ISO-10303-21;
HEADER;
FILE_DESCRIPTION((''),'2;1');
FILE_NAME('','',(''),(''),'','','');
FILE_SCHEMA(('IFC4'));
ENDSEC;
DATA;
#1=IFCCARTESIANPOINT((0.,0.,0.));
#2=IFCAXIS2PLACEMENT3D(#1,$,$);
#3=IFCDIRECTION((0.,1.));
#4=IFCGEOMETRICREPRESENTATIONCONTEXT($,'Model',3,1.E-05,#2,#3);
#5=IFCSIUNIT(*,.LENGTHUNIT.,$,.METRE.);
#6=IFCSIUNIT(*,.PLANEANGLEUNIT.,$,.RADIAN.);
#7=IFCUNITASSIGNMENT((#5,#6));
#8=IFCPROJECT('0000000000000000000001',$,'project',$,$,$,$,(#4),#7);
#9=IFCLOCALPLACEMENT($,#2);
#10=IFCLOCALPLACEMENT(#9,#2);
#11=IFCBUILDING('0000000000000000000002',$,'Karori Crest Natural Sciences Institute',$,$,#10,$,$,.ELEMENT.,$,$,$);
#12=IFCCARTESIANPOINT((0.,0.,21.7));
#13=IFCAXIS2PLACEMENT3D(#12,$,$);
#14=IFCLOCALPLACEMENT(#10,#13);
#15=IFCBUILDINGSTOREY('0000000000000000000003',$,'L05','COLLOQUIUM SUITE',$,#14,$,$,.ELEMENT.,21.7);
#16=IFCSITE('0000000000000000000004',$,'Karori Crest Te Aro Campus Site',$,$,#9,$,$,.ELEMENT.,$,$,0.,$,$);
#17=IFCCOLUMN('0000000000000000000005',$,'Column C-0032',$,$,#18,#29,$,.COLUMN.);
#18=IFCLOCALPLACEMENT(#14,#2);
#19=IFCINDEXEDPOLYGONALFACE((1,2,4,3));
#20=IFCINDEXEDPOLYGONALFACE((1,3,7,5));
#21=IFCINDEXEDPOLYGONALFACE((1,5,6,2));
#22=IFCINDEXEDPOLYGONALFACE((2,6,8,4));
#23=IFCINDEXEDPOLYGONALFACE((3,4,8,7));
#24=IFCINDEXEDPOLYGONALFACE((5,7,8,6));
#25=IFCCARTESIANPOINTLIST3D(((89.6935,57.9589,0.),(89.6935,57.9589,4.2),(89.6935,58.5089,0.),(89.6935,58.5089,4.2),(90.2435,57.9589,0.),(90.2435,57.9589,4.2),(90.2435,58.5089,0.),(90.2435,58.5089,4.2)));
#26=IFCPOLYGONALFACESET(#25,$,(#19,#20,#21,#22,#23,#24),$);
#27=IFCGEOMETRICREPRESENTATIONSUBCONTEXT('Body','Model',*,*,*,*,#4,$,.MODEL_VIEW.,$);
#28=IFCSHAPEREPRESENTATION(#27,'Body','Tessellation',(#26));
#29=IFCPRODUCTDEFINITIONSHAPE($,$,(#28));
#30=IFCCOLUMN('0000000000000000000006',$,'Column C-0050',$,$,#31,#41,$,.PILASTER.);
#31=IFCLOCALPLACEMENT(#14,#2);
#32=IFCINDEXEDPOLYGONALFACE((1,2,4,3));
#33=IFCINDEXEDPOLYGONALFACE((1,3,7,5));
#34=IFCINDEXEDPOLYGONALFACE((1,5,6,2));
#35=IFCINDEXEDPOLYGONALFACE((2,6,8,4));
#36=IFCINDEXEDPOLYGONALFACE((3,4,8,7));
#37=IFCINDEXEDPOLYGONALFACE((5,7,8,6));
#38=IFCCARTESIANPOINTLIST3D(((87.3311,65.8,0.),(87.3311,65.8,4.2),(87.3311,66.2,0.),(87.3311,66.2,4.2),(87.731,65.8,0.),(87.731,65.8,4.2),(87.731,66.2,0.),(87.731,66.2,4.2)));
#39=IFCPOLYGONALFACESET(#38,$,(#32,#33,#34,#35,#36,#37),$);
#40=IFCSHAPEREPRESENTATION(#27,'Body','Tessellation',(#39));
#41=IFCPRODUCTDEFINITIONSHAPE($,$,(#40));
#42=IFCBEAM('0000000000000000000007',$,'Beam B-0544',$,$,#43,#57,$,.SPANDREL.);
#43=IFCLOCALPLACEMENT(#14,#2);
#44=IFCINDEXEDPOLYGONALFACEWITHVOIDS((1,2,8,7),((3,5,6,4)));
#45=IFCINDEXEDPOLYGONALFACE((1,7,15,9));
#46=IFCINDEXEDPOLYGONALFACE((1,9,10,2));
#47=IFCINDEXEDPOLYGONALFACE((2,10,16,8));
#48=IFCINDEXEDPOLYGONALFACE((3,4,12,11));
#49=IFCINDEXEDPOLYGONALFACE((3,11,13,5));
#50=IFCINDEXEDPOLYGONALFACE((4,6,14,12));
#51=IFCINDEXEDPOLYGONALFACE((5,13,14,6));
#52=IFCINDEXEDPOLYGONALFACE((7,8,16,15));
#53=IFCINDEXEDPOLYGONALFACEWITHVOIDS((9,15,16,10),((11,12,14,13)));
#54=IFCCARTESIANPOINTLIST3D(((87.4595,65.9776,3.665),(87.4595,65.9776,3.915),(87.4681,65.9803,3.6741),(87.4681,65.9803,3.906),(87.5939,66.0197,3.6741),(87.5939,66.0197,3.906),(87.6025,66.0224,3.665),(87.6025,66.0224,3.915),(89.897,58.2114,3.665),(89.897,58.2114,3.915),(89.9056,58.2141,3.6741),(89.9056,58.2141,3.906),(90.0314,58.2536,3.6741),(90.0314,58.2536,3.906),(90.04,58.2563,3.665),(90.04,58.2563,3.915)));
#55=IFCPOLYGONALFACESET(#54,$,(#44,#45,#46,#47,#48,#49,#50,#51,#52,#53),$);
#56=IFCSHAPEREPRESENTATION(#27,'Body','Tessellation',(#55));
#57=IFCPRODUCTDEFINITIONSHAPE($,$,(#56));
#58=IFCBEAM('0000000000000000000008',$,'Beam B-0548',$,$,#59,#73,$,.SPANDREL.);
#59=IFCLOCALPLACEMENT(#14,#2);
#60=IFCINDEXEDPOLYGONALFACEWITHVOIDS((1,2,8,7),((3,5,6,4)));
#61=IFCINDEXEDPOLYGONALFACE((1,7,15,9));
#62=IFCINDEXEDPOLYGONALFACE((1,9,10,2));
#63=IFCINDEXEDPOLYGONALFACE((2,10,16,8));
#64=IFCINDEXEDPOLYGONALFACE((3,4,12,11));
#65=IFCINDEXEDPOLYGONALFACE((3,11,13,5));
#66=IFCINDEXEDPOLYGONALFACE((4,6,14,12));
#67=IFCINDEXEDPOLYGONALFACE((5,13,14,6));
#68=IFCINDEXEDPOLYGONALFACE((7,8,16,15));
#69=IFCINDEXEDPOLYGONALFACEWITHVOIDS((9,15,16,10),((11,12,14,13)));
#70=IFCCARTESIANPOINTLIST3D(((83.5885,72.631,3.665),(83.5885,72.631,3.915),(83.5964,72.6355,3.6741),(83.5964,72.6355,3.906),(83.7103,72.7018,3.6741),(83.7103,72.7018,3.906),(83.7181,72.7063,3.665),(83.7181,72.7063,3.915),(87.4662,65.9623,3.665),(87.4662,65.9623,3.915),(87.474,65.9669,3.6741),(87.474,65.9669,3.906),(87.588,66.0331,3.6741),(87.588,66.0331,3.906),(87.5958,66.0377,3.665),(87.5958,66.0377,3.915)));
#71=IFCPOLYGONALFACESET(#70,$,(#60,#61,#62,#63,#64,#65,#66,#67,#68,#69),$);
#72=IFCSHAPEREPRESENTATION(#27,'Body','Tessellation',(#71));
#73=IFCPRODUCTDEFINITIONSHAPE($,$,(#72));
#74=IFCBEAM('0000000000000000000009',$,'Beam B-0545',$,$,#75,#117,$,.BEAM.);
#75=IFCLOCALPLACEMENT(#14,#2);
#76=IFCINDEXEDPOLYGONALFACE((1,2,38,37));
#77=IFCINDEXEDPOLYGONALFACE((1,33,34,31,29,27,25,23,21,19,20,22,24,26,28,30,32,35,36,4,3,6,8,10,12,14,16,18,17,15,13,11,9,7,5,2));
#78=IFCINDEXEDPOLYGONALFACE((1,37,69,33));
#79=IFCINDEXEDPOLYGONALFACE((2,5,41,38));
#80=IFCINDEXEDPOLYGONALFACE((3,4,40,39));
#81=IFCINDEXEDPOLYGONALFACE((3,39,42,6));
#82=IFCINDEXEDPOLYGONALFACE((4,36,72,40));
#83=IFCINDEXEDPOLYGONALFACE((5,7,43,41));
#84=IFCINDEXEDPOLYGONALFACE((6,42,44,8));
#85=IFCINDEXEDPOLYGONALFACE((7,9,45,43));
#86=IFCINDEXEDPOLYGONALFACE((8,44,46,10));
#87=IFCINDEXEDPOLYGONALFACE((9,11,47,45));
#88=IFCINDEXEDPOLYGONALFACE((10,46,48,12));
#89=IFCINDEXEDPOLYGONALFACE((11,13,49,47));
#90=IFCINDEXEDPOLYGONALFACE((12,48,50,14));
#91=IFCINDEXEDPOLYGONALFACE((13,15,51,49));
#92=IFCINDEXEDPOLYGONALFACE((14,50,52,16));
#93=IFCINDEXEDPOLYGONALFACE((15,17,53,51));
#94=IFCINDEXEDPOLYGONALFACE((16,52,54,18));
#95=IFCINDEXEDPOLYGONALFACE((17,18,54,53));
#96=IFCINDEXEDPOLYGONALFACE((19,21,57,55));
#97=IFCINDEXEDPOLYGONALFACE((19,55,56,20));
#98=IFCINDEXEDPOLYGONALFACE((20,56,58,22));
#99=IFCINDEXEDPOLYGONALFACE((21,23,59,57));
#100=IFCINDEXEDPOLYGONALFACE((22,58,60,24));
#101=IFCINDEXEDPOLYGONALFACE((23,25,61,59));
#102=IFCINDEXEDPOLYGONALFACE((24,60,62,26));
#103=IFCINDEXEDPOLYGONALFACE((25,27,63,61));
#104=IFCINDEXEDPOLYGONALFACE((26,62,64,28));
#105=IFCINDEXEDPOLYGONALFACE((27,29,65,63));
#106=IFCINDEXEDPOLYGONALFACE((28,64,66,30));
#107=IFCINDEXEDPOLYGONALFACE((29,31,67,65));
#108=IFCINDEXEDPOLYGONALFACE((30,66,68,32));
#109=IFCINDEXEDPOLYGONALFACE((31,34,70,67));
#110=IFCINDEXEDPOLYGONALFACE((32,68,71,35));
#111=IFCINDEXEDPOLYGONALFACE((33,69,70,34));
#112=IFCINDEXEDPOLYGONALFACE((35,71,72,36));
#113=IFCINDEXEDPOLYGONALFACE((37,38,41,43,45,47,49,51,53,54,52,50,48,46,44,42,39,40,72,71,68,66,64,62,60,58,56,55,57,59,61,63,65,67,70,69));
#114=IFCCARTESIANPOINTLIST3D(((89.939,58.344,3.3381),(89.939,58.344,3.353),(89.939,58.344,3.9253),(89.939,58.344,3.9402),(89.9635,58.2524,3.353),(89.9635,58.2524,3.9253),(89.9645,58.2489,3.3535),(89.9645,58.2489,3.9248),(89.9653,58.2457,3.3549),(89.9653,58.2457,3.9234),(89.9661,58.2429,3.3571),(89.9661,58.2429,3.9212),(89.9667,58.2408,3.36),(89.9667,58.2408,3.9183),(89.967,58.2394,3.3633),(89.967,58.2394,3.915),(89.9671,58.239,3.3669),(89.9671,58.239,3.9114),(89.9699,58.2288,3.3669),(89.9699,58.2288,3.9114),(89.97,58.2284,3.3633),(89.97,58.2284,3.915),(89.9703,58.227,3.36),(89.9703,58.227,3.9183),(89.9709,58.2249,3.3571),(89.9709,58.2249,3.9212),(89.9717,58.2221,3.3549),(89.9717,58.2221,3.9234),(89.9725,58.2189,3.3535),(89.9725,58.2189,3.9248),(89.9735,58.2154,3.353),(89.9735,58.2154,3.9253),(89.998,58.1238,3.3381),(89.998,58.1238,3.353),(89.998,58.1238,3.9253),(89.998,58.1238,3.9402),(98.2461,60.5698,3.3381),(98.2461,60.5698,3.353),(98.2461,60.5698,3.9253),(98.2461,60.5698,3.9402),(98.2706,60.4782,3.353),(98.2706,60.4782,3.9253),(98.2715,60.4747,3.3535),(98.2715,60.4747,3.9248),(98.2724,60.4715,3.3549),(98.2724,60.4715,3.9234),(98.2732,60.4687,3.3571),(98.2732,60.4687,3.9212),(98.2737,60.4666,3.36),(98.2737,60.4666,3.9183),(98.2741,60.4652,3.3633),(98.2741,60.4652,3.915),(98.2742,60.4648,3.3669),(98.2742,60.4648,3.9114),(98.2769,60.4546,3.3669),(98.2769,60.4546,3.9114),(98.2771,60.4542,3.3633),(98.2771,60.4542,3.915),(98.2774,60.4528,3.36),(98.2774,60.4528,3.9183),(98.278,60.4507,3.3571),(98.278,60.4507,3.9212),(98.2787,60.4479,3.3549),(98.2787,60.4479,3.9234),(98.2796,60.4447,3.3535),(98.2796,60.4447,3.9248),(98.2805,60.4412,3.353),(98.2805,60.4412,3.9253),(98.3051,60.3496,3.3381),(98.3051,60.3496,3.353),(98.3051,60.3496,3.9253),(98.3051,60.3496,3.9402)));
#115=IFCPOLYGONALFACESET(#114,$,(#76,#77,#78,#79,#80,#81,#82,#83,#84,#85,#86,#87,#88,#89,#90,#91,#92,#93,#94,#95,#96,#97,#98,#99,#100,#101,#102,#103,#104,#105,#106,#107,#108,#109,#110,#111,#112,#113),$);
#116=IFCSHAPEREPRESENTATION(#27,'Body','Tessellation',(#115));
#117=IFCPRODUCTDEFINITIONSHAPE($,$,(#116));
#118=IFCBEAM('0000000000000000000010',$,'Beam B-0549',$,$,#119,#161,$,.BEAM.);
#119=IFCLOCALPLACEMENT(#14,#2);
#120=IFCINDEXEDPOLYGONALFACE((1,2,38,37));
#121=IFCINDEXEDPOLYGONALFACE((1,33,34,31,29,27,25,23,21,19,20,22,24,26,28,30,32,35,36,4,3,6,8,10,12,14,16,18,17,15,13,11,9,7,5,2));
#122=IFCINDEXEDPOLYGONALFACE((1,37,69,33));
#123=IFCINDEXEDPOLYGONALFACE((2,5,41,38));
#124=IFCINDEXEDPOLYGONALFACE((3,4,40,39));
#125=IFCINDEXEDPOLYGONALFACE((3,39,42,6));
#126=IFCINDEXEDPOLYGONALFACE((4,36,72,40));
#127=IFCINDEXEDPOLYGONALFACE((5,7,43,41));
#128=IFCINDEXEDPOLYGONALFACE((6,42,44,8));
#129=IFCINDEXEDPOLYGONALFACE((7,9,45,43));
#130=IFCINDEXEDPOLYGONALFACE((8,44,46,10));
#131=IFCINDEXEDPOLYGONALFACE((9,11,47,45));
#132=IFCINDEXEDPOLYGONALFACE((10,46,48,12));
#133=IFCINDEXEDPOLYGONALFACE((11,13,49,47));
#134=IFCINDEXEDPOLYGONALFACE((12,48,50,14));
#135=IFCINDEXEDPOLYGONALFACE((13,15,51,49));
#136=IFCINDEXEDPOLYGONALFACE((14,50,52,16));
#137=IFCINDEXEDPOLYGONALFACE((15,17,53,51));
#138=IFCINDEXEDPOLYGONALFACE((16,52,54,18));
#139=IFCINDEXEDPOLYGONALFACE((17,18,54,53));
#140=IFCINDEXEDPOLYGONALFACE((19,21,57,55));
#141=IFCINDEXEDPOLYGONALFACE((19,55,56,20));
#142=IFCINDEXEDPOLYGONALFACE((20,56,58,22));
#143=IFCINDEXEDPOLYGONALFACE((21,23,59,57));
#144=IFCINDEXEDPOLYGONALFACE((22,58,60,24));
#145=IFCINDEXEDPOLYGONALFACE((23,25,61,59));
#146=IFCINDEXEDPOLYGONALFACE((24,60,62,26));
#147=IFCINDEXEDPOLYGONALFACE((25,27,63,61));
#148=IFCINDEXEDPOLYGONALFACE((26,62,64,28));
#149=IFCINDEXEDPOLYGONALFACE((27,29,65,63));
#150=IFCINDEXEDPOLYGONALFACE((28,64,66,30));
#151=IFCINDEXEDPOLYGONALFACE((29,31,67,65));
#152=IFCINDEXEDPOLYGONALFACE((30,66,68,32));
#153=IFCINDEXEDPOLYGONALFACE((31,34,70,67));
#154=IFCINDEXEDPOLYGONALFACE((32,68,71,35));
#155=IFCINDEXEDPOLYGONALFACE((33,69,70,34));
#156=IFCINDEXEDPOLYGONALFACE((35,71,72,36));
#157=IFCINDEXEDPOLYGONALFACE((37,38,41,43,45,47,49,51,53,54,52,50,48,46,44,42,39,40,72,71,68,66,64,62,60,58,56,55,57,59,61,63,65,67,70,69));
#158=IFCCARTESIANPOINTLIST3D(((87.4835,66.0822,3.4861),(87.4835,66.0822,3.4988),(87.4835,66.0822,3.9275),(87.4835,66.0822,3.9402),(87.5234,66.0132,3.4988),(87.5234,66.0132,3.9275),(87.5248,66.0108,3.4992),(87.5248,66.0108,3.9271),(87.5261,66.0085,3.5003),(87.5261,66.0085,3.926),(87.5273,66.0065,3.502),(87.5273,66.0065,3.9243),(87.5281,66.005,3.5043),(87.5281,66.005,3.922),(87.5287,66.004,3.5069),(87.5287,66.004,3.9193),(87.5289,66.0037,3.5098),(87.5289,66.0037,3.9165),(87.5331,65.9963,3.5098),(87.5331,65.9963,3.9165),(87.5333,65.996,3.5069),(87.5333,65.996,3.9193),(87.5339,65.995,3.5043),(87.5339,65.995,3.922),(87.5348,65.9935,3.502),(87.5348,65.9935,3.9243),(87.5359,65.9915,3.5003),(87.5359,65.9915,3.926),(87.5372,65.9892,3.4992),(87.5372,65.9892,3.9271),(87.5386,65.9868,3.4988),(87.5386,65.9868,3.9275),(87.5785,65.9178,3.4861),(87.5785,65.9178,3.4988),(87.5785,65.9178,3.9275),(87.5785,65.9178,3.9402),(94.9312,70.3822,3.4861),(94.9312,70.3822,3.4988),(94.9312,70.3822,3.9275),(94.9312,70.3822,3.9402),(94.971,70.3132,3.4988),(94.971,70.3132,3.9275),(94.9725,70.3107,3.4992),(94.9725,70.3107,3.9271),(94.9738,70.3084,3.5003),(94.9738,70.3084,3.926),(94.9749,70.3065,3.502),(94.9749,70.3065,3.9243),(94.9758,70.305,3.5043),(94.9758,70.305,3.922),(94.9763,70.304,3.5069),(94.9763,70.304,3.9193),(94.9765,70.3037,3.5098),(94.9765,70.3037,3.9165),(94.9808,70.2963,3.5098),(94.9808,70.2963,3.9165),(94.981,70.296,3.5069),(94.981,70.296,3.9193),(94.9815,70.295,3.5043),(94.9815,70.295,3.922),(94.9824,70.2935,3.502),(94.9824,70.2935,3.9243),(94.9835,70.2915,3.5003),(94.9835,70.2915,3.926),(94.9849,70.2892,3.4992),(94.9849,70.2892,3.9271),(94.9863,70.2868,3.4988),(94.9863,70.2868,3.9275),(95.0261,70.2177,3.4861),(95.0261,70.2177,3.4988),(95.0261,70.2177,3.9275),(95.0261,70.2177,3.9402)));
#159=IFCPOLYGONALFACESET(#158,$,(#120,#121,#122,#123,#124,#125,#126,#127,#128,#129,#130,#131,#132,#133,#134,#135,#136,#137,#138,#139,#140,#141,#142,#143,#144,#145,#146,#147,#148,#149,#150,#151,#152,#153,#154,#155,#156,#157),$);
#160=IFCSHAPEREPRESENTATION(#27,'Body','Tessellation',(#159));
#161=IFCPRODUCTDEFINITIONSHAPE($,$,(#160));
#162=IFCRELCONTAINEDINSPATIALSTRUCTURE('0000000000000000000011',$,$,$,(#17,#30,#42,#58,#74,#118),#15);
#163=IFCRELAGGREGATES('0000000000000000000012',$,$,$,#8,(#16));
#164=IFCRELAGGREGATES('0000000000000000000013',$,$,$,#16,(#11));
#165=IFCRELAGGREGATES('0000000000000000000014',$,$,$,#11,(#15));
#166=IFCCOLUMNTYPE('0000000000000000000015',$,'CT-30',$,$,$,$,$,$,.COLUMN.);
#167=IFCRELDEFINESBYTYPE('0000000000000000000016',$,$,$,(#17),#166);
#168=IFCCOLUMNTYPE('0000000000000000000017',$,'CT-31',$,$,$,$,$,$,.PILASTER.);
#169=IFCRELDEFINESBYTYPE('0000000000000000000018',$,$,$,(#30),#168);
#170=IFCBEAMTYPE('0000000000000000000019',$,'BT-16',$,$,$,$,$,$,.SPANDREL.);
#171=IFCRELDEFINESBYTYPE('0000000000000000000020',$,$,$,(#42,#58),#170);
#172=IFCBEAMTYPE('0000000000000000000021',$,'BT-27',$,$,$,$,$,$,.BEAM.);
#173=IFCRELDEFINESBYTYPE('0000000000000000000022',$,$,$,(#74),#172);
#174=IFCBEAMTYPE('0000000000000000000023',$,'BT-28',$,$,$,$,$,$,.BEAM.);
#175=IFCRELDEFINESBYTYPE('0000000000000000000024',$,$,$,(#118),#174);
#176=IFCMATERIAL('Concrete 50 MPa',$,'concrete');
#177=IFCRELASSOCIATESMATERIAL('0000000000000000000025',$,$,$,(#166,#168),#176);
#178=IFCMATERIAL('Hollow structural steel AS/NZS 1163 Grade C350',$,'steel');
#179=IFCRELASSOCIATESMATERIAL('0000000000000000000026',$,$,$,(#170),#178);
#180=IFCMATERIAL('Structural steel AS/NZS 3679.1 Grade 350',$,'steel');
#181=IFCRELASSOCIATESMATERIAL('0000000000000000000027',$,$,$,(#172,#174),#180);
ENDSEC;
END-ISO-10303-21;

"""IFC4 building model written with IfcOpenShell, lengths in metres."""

from ifc_helpers import new_model, si_unit, direction, frame, origin, origin_2d, place, context, subcontext, project, spatial, rectangle, hollow_rectangle, i_section, extrude, material, material_profile, profile_set, type_object, element, save


model = new_model("IFC4")

# Units and contexts
model_context = context("Model", 3, precision=1e-05, world=origin(), true_north=direction((0.0, 1.0)))
body_context = subcontext(model_context, "Body", "Model", "MODEL_VIEW")
ifc_project = project(units=[si_unit("LENGTHUNIT", "METRE"), si_unit("PLANEANGLEUNIT", "RADIAN")], contexts=[model_context])

# Site, building, storey
site_placement = place(None, origin())
site = spatial("IfcSite", under=ifc_project, at=site_placement, Name="Karori Crest Te Aro Campus Site", CompositionType="ELEMENT", RefElevation=0.0)
building_placement = place(site_placement, origin())
building = spatial("IfcBuilding", under=site, at=building_placement, Name="Karori Crest Natural Sciences Institute", CompositionType="ELEMENT")
storey_placement = place(building_placement, frame((0.0, 0.0, 21.7)))
storey = spatial("IfcBuildingStorey", under=building, at=storey_placement, Name="L05", Description="COLLOQUIUM SUITE", CompositionType="ELEMENT", Elevation=21.7)

# Columns
ifc_material_1 = material(Name="Concrete 50 MPa", Category="concrete")
ifc_material_profile_1 = material_profile(ifc_material_1, rectangle(XDim=0.55, YDim=0.55, at=origin_2d()), Name="RC550x550")
ifc_profile_set_1 = profile_set([ifc_material_profile_1], Name="Concrete 50 MPa")
column_type_1 = type_object("IfcColumnType", Name="CT-30", PredefinedType="COLUMN", material=ifc_profile_set_1)
column_1_placement = place(storey_placement, frame((89.9685, 58.2339, 0.0), z_axis=(0.0, 0.0, 1.0), x_axis=(1.0, 0.0, 0.0)))
element("IfcColumn", 1, at=column_1_placement, inside=storey, type_object=column_type_1, Name="Column C-0032", PredefinedType="COLUMN", context=body_context, shape_type="SweptSolid", body=[
    extrude(rectangle(XDim=0.55, YDim=0.55, at=origin_2d()), origin(), (0.0, 0.0, 1.0), 4.2),
])
ifc_material_profile_2 = material_profile(ifc_material_1, rectangle(XDim=0.3999, YDim=0.3999, at=origin_2d()), Name="RC400x400")
ifc_profile_set_2 = profile_set([ifc_material_profile_2], Name="Concrete 50 MPa")
column_type_2 = type_object("IfcColumnType", Name="CT-31", PredefinedType="PILASTER", material=ifc_profile_set_2)
column_2_placement = place(storey_placement, frame((87.531, 66.0, 0.0), z_axis=(0.0, 0.0, 1.0), x_axis=(1.0, 0.0, 0.0)))
element("IfcColumn", 2, at=column_2_placement, inside=storey, type_object=column_type_2, Name="Column C-0050", PredefinedType="PILASTER", context=body_context, shape_type="SweptSolid", body=[
    extrude(rectangle(XDim=0.3999, YDim=0.3999, at=origin_2d()), origin(), (0.0, 0.0, 1.0), 4.2),
])

# Beams
ifc_material_2 = material(Name="Hollow structural steel AS/NZS 1163 Grade C350", Category="steel")
ifc_material_profile_3 = material_profile(ifc_material_2, hollow_rectangle(XDim=0.1499, YDim=0.25, WallThickness=0.009, at=origin_2d()), Name="RHS250x150x9")
ifc_profile_set_3 = profile_set([ifc_material_profile_3], Name="Hollow structural steel AS/NZS 1163 Grade C350")
beam_type_1 = type_object("IfcBeamType", Name="BT-16", PredefinedType="SPANDREL", material=ifc_profile_set_3)
beam_1_placement = place(storey_placement, frame((89.9685, 58.2339, 3.79), z_axis=(-0.29946, 0.954109, 0.0), x_axis=(-0.954109, -0.29946, 0.0)))
element("IfcBeam", 3, at=beam_1_placement, inside=storey, type_object=beam_type_1, Name="Beam B-0544", PredefinedType="SPANDREL", context=body_context, shape_type="SweptSolid", body=[
    extrude(hollow_rectangle(XDim=0.1499, YDim=0.25, WallThickness=0.009, at=origin_2d()), origin(), (0.0, 0.0, 1.0), 8.1396),
])
beam_2_placement = place(storey_placement, frame((87.531, 66.0, 3.79), z_axis=(-0.502672, 0.864477, 0.0), x_axis=(-0.864477, -0.502672, 0.0)))
element("IfcBeam", 4, at=beam_2_placement, inside=storey, type_object=beam_type_1, Name="Beam B-0548", PredefinedType="SPANDREL", context=body_context, shape_type="SweptSolid", body=[
    extrude(hollow_rectangle(XDim=0.1499, YDim=0.25, WallThickness=0.009, at=origin_2d()), origin(), (0.0, 0.0, 1.0), 7.7141),
])
ifc_material_3 = material(Name="Structural steel AS/NZS 3679.1 Grade 350", Category="steel")
ifc_material_profile_4 = material_profile(ifc_material_3, i_section(OverallWidth=0.228, OverallDepth=0.6021, WebThickness=0.0105, FlangeThickness=0.0149, FilletRadius=0.0139, at=origin_2d()), Name="610UB101")
ifc_profile_set_4 = profile_set([ifc_material_profile_4], Name="Structural steel AS/NZS 3679.1 Grade 350")
beam_type_2 = type_object("IfcBeamType", Name="BT-27", PredefinedType="BEAM", material=ifc_profile_set_4)
beam_3_placement = place(storey_placement, frame((89.9685, 58.2339, 3.6392), z_axis=(0.965928, 0.258813, 0.0), x_axis=(-0.258813, 0.965928, 0.0)))
element("IfcBeam", 5, at=beam_3_placement, inside=storey, type_object=beam_type_2, Name="Beam B-0545", PredefinedType="BEAM", context=body_context, shape_type="SweptSolid", body=[
    extrude(i_section(OverallWidth=0.228, OverallDepth=0.6021, WebThickness=0.0105, FlangeThickness=0.0149, FilletRadius=0.0139, at=origin_2d()), origin(), (0.0, 0.0, 1.0), 8.6001),
])
ifc_material_profile_5 = material_profile(ifc_material_3, i_section(OverallWidth=0.1899, OverallDepth=0.4541, WebThickness=0.0085, FlangeThickness=0.0127, FilletRadius=0.011, at=origin_2d()), Name="460UB67.1")
ifc_profile_set_5 = profile_set([ifc_material_profile_5], Name="Structural steel AS/NZS 3679.1 Grade 350")
beam_type_3 = type_object("IfcBeamType", Name="BT-28", PredefinedType="BEAM", material=ifc_profile_set_5)
beam_4_placement = place(storey_placement, frame((87.531, 66.0, 3.7131), z_axis=(0.866021, 0.500008, 0.0), x_axis=(-0.500008, 0.866021, 0.0)))
element("IfcBeam", 6, at=beam_4_placement, inside=storey, type_object=beam_type_3, Name="Beam B-0549", PredefinedType="BEAM", context=body_context, shape_type="SweptSolid", body=[
    extrude(i_section(OverallWidth=0.1899, OverallDepth=0.4541, WebThickness=0.0085, FlangeThickness=0.0127, FilletRadius=0.011, at=origin_2d()), origin(), (0.0, 0.0, 1.0), 8.5999),
])

save(model, "model.ifc")
